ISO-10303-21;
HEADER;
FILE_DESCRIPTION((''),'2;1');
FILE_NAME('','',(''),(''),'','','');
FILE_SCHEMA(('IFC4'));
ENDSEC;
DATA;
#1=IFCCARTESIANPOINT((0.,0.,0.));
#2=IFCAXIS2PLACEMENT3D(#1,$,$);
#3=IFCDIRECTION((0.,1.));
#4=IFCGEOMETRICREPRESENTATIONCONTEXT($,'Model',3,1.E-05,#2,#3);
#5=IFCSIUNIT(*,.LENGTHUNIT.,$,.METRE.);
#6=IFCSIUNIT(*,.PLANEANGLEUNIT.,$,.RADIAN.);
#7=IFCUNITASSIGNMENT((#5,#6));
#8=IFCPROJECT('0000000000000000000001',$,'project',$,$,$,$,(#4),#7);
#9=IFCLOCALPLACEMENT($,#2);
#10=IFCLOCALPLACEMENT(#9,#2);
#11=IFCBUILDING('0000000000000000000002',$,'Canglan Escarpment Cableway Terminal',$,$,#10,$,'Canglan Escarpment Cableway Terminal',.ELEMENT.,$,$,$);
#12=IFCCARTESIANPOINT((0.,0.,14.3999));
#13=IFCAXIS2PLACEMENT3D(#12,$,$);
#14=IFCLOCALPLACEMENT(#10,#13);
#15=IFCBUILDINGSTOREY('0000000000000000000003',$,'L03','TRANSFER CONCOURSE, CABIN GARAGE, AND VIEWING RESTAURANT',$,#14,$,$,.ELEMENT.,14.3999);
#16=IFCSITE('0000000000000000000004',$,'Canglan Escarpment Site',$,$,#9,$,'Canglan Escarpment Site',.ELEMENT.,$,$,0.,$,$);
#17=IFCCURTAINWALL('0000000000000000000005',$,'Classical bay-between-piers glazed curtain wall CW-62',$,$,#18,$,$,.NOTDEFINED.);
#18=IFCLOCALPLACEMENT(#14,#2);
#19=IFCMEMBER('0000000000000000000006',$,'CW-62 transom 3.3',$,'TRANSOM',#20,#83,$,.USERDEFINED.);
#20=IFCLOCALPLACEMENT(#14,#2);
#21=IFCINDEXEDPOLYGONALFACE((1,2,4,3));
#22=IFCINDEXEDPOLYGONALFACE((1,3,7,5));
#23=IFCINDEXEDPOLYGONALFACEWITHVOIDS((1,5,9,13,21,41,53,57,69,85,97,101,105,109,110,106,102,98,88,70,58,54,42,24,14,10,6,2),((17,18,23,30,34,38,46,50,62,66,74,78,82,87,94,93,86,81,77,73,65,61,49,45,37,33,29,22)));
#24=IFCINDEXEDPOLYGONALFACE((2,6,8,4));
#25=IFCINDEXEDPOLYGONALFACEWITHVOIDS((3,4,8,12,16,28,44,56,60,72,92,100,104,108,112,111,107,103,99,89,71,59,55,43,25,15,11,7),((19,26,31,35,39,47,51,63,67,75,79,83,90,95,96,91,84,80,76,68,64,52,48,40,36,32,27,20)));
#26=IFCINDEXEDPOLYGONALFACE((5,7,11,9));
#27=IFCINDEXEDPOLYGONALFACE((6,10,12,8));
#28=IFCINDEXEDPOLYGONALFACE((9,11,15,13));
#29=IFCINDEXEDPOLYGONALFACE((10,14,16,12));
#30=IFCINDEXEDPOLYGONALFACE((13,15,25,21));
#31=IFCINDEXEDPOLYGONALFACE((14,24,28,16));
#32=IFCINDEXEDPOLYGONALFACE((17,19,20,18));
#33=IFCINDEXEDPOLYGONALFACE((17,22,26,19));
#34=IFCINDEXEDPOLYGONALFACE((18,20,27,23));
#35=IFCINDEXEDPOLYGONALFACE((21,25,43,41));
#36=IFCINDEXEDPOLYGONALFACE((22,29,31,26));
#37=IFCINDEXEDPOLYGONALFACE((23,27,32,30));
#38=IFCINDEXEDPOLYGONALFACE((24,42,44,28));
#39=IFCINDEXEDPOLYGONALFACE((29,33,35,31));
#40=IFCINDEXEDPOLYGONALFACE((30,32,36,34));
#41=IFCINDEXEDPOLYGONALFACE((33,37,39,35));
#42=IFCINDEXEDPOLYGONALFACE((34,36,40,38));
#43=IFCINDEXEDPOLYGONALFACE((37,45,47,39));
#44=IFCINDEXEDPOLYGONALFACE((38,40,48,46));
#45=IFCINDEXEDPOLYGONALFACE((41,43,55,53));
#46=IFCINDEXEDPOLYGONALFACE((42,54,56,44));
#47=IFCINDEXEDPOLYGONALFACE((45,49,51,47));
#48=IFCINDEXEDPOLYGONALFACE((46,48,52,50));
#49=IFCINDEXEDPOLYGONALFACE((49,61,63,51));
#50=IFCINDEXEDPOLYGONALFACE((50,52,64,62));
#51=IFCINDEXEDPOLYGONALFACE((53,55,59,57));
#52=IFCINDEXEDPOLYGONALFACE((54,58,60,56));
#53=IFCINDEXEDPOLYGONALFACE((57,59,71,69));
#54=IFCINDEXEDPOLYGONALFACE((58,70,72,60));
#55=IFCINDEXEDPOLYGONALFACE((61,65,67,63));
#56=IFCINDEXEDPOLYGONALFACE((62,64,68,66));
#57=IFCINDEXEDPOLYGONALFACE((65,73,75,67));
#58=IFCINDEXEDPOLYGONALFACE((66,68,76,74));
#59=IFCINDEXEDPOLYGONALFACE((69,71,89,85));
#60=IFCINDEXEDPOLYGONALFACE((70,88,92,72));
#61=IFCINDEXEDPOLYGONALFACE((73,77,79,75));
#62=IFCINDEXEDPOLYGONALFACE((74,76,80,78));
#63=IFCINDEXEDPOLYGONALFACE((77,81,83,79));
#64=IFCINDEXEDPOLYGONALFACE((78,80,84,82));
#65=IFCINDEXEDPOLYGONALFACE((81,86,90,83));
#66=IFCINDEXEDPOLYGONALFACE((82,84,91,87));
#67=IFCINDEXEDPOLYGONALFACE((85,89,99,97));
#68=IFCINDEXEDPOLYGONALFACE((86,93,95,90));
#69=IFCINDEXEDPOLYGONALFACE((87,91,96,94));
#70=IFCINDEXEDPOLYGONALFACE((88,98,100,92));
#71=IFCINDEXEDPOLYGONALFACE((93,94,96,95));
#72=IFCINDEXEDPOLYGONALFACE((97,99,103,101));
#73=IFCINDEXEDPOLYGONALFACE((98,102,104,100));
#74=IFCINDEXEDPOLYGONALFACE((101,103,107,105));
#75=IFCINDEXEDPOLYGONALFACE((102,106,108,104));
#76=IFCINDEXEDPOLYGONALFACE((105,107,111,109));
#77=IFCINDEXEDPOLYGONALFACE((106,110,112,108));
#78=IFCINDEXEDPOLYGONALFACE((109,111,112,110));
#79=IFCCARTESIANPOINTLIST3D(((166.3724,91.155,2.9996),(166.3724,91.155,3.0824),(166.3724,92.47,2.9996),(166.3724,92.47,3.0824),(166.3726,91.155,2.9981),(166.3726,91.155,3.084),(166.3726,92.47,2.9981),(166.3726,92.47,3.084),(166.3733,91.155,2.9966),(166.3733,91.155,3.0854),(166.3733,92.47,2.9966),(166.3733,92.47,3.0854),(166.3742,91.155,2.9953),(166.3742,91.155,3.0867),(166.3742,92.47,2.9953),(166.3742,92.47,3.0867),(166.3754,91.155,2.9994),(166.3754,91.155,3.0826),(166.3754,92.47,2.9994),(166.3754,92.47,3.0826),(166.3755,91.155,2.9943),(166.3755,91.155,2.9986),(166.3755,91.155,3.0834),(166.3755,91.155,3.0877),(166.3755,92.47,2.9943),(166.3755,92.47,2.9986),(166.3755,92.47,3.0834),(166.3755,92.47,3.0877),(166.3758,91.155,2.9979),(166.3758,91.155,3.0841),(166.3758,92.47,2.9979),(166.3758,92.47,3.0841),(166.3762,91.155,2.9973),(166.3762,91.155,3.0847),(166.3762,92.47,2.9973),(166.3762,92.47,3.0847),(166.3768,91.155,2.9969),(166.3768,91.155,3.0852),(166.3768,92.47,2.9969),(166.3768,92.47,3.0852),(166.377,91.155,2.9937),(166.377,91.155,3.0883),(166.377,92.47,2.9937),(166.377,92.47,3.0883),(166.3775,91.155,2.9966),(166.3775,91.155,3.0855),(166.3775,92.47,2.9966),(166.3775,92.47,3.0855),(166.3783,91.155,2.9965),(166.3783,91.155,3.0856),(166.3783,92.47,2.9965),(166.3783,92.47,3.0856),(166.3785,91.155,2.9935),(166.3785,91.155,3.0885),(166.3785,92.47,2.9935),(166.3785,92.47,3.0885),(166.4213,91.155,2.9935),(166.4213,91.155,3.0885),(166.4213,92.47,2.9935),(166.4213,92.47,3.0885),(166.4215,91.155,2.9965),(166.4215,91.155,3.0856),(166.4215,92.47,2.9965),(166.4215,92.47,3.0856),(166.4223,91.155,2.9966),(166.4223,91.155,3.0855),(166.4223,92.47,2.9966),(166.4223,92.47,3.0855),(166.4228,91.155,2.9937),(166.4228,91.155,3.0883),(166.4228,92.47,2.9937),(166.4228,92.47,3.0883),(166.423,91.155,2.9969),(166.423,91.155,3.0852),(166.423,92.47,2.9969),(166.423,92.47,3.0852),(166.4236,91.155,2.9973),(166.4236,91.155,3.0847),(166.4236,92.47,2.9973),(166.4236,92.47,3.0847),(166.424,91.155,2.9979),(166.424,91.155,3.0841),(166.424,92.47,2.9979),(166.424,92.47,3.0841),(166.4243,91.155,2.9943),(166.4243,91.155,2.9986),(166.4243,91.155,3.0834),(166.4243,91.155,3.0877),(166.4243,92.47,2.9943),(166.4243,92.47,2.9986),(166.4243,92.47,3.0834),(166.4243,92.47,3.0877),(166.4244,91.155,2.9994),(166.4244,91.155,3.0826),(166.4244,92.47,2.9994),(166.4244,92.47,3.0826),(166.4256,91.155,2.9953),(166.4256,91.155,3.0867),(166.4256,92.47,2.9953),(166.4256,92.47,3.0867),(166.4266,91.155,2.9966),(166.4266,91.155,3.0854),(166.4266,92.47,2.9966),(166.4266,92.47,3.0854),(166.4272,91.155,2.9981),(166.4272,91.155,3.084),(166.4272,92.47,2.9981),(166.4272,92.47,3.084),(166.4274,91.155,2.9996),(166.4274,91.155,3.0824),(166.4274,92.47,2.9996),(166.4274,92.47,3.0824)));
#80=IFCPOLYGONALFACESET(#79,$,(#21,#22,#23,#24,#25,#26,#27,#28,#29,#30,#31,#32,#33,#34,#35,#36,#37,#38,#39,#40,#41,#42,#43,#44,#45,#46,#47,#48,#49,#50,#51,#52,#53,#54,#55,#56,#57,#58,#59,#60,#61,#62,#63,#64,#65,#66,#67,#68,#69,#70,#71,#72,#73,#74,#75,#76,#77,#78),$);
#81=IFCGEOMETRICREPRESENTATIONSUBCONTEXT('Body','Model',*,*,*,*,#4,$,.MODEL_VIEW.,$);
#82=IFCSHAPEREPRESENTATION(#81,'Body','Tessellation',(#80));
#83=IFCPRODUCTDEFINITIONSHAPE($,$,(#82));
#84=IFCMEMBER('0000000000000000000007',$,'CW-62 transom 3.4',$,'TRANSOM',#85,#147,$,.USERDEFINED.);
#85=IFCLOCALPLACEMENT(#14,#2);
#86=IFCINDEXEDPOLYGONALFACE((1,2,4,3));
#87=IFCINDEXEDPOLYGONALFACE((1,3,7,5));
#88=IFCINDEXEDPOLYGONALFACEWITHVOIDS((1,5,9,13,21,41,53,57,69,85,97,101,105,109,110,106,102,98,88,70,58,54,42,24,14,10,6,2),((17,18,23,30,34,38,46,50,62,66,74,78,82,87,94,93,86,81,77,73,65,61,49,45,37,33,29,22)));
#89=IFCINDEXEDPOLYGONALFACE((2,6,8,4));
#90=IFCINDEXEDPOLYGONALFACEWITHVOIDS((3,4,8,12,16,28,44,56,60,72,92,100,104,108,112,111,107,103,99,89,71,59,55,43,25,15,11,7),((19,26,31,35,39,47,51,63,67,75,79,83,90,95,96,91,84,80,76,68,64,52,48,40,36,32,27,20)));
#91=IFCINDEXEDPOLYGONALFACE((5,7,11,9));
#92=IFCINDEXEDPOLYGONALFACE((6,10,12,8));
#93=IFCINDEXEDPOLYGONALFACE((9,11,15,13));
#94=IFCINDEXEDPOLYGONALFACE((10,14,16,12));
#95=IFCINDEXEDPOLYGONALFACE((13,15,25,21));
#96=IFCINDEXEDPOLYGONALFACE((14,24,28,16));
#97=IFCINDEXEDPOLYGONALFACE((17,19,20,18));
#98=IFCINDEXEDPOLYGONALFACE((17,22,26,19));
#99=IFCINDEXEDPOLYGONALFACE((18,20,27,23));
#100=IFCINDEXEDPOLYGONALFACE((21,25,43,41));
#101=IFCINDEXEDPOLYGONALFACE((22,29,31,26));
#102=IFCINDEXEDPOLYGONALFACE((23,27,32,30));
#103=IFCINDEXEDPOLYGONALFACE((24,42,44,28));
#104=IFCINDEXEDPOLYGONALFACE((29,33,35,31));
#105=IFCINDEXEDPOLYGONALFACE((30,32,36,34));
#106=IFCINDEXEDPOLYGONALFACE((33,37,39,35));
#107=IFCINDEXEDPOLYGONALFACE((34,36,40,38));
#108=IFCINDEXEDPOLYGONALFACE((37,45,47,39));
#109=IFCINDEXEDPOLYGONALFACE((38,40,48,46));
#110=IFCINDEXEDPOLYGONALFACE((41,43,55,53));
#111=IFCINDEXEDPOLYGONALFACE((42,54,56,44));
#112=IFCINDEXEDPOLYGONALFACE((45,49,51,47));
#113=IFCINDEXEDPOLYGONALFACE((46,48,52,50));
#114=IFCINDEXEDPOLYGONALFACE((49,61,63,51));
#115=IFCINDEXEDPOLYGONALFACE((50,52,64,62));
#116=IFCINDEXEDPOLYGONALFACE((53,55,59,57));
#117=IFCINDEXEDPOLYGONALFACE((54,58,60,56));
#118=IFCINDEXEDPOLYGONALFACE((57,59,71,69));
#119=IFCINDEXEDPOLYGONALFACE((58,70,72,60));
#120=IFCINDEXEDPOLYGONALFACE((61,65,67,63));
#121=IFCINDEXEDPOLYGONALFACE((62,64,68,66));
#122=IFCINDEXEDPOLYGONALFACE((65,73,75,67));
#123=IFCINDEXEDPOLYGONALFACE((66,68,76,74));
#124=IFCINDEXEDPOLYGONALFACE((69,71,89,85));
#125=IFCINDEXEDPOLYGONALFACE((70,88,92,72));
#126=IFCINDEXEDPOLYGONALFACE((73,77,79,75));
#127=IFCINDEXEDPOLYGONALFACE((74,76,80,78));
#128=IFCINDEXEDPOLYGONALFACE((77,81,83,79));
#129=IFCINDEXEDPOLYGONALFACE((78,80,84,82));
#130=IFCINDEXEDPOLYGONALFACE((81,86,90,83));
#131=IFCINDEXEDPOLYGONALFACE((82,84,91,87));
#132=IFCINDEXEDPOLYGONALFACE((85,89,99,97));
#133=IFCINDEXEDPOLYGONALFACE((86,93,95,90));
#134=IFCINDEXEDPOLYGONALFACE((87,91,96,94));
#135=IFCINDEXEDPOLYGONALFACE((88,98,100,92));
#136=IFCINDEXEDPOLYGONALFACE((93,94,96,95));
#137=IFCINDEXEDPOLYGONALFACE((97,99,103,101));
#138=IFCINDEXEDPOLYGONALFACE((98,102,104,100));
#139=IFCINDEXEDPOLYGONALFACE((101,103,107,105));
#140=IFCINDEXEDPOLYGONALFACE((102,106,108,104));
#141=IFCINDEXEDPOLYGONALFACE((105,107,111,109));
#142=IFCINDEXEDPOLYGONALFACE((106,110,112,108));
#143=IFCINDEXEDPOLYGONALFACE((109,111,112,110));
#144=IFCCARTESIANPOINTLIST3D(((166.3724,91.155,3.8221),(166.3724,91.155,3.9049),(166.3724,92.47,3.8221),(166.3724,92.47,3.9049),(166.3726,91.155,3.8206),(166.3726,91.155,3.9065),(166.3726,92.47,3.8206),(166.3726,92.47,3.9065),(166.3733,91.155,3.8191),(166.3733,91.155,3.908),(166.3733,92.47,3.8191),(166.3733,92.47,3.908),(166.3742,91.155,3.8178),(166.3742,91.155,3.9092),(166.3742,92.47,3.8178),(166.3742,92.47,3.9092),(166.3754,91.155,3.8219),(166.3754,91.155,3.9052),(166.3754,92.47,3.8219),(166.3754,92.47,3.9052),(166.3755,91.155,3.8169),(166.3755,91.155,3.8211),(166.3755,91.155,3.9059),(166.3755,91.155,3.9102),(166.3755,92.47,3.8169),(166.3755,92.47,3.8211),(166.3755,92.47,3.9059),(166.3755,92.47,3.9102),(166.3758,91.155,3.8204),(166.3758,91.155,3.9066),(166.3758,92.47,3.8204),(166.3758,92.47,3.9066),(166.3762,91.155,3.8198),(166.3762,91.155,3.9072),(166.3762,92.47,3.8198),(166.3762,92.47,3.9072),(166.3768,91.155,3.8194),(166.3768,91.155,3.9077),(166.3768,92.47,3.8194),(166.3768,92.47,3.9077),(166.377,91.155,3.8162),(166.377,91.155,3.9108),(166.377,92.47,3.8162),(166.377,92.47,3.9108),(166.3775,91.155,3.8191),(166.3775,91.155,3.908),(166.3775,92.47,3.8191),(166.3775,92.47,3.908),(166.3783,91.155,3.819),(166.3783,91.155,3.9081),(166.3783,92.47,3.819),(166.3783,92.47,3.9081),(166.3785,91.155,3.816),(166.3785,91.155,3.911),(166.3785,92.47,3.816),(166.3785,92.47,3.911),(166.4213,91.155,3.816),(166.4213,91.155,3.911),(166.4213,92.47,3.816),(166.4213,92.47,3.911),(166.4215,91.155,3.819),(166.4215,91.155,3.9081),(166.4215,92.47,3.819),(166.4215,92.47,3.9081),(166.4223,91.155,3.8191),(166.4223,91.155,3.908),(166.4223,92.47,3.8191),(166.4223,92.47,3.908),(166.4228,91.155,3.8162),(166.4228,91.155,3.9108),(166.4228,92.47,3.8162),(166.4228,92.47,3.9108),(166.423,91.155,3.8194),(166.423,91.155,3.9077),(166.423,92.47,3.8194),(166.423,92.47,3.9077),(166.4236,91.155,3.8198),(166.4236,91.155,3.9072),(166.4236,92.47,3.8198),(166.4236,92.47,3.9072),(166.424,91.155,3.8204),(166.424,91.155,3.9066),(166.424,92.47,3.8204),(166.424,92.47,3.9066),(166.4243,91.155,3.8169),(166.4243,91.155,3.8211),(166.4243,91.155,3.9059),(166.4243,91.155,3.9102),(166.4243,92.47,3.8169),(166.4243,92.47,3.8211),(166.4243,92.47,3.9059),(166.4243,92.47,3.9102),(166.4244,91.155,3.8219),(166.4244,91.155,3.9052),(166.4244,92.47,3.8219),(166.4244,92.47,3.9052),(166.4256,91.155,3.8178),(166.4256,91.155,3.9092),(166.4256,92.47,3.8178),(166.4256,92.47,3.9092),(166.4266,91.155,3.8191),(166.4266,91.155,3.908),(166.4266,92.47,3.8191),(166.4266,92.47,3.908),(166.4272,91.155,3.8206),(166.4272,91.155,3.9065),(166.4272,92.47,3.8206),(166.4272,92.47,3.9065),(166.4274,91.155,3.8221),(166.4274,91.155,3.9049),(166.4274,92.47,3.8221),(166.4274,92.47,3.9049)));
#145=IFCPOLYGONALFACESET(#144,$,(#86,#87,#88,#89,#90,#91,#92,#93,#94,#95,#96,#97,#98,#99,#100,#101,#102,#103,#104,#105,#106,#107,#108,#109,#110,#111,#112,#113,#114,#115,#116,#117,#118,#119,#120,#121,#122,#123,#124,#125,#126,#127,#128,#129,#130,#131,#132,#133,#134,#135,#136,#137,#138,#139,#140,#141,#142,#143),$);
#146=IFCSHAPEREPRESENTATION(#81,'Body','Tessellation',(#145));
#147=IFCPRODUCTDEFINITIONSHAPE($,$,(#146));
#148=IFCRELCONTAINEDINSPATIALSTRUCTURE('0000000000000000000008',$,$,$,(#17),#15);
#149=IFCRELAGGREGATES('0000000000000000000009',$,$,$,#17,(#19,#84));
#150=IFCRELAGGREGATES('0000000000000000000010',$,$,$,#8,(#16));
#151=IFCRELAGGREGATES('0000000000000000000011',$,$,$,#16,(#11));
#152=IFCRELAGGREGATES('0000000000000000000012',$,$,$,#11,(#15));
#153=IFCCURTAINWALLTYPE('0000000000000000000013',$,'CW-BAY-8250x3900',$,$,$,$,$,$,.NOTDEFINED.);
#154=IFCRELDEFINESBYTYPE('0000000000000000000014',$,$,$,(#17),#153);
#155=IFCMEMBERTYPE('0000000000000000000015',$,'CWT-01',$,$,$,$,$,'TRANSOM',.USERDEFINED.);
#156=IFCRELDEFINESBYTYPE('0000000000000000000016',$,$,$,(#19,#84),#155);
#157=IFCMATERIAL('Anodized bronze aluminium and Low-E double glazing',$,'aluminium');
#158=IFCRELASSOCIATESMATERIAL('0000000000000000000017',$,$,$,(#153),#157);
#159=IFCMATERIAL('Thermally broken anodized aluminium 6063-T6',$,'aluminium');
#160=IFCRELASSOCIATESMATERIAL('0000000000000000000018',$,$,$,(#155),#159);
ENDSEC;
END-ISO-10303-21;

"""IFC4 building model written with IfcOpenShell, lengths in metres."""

from ifc_helpers import new_model, si_unit, direction, frame, origin, origin_2d, place, context, subcontext, project, spatial, hollow_rectangle, extrude, material, material_profile, profile_set, type_object, element, aggregate, save


model = new_model("IFC4")

# Units and contexts
model_context = context("Model", 3, precision=1e-05, world=origin(), true_north=direction((0.0, 1.0)))
body_context = subcontext(model_context, "Body", "Model", "MODEL_VIEW")
ifc_project = project(units=[si_unit("LENGTHUNIT", "METRE"), si_unit("PLANEANGLEUNIT", "RADIAN")], contexts=[model_context])

# Site, building, storey
site_placement = place(None, origin())
site = spatial("IfcSite", under=ifc_project, at=site_placement, Name="Canglan Escarpment Site", LongName="Canglan Escarpment Site", CompositionType="ELEMENT", RefElevation=0.0)
building_placement = place(site_placement, origin())
building = spatial("IfcBuilding", under=site, at=building_placement, Name="Canglan Escarpment Cableway Terminal", LongName="Canglan Escarpment Cableway Terminal", CompositionType="ELEMENT")
storey_placement = place(building_placement, frame((0.0, 0.0, 14.3999)))
storey = spatial("IfcBuildingStorey", under=building, at=storey_placement, Name="L03", Description="TRANSFER CONCOURSE, CABIN GARAGE, AND VIEWING RESTAURANT", CompositionType="ELEMENT", Elevation=14.3999)

# Curtain wall, members
ifc_material_1 = material(Name="Anodized bronze aluminium and Low-E double glazing", Category="aluminium")
curtain_wall_type = type_object("IfcCurtainWallType", Name="CW-BAY-8250x3900", PredefinedType="NOTDEFINED", material=ifc_material_1)
curtain_wall_placement = place(storey_placement, origin())
curtain_wall = element("IfcCurtainWall", 1, at=curtain_wall_placement, inside=storey, type_object=curtain_wall_type, Name="Classical bay-between-piers glazed curtain wall CW-62", PredefinedType="NOTDEFINED")
ifc_material_2 = material(Name="Thermally broken anodized aluminium 6063-T6", Category="aluminium")
ifc_material_profile_1 = material_profile(ifc_material_2, hollow_rectangle(XDim=0.0549, YDim=0.095, WallThickness=0.0029, InnerFilletRadius=0.0029, OuterFilletRadius=0.0061, at=origin_2d()), Name="ALU-TRAN 55x95x3")
ifc_profile_set_1 = profile_set([ifc_material_profile_1], Name="Thermally broken anodized aluminium 6063-T6")
member_type_1 = type_object("IfcMemberType", Name="CWT-01", ElementType="TRANSOM", PredefinedType="USERDEFINED", material=ifc_profile_set_1)
member_1_placement = place(storey_placement, frame((166.3999, 91.155, 3.041), z_axis=(0.0, 1.0, 0.0), x_axis=(-1.0, 0.0, 0.0)))
member_1 = element("IfcMember", 2, at=member_1_placement, type_object=member_type_1, Name="CW-62 transom 3.3", ObjectType="TRANSOM", PredefinedType="USERDEFINED", context=body_context, shape_type="SweptSolid", body=[
    extrude(hollow_rectangle(XDim=0.0549, YDim=0.095, WallThickness=0.0029, InnerFilletRadius=0.0029, OuterFilletRadius=0.0061, at=origin_2d()), origin(), (0.0, 0.0, 1.0), 1.3149),
])
member_2_placement = place(storey_placement, frame((166.3999, 91.155, 3.8635), z_axis=(0.0, 1.0, 0.0), x_axis=(-1.0, 0.0, 0.0)))
member_2 = element("IfcMember", 3, at=member_2_placement, type_object=member_type_1, Name="CW-62 transom 3.4", ObjectType="TRANSOM", PredefinedType="USERDEFINED", context=body_context, shape_type="SweptSolid", body=[
    extrude(hollow_rectangle(XDim=0.0549, YDim=0.095, WallThickness=0.0029, InnerFilletRadius=0.0029, OuterFilletRadius=0.0061, at=origin_2d()), origin(), (0.0, 0.0, 1.0), 1.3149),
])
aggregate(curtain_wall, [member_1, member_2])

save(model, "model.ifc")
